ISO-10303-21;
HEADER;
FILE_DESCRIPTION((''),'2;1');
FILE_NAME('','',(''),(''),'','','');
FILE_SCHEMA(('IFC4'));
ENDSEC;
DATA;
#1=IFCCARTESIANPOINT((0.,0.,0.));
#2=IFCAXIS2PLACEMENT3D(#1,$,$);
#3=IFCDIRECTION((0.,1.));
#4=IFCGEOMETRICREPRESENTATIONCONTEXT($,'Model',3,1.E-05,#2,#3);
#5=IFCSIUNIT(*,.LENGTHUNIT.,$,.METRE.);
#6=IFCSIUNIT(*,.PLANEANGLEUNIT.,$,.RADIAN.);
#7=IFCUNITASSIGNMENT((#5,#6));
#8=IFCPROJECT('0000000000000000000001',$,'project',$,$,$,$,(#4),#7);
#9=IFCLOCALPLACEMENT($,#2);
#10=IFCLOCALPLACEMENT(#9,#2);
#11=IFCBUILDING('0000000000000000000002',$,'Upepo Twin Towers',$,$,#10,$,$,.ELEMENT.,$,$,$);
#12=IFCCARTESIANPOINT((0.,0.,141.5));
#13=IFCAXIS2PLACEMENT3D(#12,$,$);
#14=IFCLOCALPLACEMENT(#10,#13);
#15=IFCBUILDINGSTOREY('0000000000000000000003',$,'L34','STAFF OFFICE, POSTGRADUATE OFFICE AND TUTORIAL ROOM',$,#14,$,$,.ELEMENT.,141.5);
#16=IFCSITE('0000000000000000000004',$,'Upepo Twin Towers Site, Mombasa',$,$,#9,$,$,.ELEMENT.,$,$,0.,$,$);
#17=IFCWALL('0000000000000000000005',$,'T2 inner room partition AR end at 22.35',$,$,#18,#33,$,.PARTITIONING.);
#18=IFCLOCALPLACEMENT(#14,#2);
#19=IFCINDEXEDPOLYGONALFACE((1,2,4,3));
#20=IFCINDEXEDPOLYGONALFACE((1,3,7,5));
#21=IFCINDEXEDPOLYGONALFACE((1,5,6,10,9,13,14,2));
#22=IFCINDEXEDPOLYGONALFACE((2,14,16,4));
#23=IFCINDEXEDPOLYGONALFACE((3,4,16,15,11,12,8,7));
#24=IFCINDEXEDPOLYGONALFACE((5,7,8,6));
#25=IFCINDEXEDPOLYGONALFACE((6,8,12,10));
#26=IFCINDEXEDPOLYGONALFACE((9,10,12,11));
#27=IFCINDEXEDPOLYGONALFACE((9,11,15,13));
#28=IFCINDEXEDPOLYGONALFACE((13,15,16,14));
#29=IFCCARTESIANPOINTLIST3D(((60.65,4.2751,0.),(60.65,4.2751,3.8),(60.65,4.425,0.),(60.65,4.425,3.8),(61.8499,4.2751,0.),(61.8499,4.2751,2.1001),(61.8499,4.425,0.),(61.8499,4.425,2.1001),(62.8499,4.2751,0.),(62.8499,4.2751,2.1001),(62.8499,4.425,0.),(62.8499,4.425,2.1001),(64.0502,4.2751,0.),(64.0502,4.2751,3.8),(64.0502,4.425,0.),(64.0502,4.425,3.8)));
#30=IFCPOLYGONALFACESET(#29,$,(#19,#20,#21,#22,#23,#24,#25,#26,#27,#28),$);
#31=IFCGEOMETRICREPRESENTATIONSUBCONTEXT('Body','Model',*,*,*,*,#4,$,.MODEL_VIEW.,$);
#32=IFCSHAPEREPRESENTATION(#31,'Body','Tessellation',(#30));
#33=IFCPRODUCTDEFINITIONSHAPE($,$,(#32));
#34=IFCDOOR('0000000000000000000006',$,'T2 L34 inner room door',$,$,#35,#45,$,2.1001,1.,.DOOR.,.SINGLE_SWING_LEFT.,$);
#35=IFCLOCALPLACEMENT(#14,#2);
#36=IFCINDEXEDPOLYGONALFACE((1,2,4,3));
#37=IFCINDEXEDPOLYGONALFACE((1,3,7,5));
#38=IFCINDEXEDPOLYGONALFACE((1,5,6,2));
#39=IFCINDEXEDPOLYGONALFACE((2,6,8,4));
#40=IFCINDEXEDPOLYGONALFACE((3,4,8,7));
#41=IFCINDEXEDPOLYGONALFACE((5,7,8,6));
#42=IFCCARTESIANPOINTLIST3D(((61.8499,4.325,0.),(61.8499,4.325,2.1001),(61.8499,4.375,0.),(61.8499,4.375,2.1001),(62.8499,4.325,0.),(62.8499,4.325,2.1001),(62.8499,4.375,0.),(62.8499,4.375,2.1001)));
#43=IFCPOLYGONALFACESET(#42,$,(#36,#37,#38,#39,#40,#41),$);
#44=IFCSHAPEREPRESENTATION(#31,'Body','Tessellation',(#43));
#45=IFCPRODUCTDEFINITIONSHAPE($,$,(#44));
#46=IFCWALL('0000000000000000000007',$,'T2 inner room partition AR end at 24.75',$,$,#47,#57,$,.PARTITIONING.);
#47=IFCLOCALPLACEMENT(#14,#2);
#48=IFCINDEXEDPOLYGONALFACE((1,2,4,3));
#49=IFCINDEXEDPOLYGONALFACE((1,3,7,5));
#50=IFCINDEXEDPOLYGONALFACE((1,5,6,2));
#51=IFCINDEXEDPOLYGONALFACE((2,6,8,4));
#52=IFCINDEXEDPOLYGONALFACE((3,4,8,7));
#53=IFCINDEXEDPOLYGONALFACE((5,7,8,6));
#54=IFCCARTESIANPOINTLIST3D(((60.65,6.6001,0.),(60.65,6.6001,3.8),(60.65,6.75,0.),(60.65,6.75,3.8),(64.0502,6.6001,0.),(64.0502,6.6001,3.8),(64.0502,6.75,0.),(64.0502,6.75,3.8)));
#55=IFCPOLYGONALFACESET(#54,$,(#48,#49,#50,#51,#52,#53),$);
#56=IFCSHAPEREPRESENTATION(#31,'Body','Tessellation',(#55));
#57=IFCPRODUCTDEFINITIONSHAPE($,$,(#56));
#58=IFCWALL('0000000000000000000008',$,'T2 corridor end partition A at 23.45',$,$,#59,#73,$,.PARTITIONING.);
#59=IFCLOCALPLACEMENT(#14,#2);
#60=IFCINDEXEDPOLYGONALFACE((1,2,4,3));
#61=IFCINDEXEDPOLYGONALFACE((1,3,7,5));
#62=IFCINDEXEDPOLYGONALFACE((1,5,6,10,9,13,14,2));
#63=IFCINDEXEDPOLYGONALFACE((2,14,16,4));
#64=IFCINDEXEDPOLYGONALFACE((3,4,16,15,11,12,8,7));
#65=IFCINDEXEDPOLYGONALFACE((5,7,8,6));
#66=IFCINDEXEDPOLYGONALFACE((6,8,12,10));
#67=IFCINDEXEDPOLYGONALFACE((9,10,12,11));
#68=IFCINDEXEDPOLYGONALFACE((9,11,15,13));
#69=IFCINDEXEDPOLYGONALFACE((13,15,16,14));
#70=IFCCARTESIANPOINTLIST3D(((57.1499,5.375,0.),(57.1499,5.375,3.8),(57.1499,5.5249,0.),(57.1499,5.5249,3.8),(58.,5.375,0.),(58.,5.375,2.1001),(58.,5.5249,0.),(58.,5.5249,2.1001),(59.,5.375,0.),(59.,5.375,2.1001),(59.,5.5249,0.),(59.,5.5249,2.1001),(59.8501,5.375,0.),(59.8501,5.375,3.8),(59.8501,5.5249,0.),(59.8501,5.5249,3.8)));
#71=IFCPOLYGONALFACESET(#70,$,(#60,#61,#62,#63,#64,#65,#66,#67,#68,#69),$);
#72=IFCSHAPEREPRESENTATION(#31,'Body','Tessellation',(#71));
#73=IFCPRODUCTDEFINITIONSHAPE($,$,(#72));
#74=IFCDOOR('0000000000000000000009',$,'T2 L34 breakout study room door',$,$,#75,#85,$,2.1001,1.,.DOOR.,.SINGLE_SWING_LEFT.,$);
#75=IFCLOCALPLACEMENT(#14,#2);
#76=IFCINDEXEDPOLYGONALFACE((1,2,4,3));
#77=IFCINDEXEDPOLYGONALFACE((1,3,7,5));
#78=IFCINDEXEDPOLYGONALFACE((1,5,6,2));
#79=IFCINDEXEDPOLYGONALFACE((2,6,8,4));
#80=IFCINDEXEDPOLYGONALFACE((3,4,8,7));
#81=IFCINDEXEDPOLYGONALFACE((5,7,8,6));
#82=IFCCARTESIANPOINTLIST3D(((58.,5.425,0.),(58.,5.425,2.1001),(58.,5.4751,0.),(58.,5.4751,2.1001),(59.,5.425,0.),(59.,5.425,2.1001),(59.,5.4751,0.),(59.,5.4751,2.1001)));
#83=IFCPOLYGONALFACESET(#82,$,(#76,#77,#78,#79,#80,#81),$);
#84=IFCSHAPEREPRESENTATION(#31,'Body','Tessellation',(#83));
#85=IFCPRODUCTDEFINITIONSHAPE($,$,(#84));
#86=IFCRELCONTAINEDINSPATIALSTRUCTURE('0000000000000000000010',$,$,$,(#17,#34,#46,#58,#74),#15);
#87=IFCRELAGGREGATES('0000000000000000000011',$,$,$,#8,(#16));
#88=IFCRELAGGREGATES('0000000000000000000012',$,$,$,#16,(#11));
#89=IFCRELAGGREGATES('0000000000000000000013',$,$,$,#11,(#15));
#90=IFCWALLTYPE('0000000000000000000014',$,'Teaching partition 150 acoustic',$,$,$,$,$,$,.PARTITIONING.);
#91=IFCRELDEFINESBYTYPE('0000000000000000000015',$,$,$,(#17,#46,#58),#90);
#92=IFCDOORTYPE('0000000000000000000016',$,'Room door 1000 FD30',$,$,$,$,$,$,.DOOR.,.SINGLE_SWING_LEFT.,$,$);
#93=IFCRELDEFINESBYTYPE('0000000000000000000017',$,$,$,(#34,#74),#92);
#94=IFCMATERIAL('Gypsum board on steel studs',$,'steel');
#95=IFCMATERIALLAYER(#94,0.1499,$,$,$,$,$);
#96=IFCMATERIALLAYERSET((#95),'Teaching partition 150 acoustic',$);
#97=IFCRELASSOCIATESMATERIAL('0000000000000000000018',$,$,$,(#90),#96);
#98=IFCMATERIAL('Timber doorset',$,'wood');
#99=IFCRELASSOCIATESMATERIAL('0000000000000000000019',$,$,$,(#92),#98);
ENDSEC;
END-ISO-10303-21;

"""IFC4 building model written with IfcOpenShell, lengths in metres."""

from ifc_helpers import new_model, si_unit, direction, frame, frame_2d, origin, place, context, subcontext, project, spatial, rectangle, extrude, material, layer, layer_set, type_object, element, fill, save


model = new_model("IFC4")

# Units and contexts
model_context = context("Model", 3, precision=1e-05, world=origin(), true_north=direction((0.0, 1.0)))
body_context = subcontext(model_context, "Body", "Model", "MODEL_VIEW")
ifc_project = project(units=[si_unit("LENGTHUNIT", "METRE"), si_unit("PLANEANGLEUNIT", "RADIAN")], contexts=[model_context])

# Site, building, storey
site_placement = place(None, origin())
site = spatial("IfcSite", under=ifc_project, at=site_placement, Name="Upepo Twin Towers Site, Mombasa", CompositionType="ELEMENT", RefElevation=0.0)
building_placement = place(site_placement, origin())
building = spatial("IfcBuilding", under=site, at=building_placement, Name="Upepo Twin Towers", CompositionType="ELEMENT")
storey_placement = place(building_placement, frame((0.0, 0.0, 141.5)))
storey = spatial("IfcBuildingStorey", under=building, at=storey_placement, Name="L34", Description="STAFF OFFICE, POSTGRADUATE OFFICE AND TUTORIAL ROOM", CompositionType="ELEMENT", Elevation=141.5)

# Shared definitions
ifc_material_1 = material(Name="Gypsum board on steel studs", Category="steel")
ifc_layer_1 = layer(ifc_material_1, 0.1499)
ifc_layer_set_1 = layer_set([ifc_layer_1], Name="Teaching partition 150 acoustic")
wall_type_1 = type_object("IfcWallType", Name="Teaching partition 150 acoustic", PredefinedType="PARTITIONING", material=ifc_layer_set_1)

# Wall, opening, door
wall_1_placement = place(storey_placement, frame((60.6499, 4.3501, 0.0), z_axis=(0.0, 0.0, 1.0), x_axis=(1.0, 0.0, 0.0)))
wall_1 = element("IfcWall", 1, at=wall_1_placement, inside=storey, type_object=wall_type_1, Name="T2 inner room partition AR end at 22.35", PredefinedType="PARTITIONING", context=body_context, shape_type="SweptSolid", body=[
    extrude(rectangle(XDim=3.4001, YDim=0.1499, at=frame_2d((1.7002, 0.0))), origin(), (0.0, 0.0, 1.0), 3.8),
])
opening_1_placement = place(wall_1_placement, frame((1.2, 0.0, 0.0)))
opening_1 = element("IfcOpeningElement", 2, at=opening_1_placement, cuts=wall_1, PredefinedType="OPENING", context=body_context, shape_type="SweptSolid", body=[
    extrude(rectangle(XDim=1.0, YDim=2.1001, at=frame_2d((0.5, 1.05))), frame((0.0, 0.085, 0.0), z_axis=(0.0, -1.0, 0.0), x_axis=(1.0, 0.0, 0.0)), (0.0, 0.0, 1.0), 0.1699),
])
ifc_material_2 = material(Name="Timber doorset", Category="wood")
door_type = type_object("IfcDoorType", Name="Room door 1000 FD30", OperationType="SINGLE_SWING_LEFT", PredefinedType="DOOR", material=ifc_material_2)
door_1_placement = place(opening_1_placement, origin())
door_1 = element("IfcDoor", 3, at=door_1_placement, inside=storey, type_object=door_type, Name="T2 L34 inner room door", OperationType="SINGLE_SWING_LEFT", OverallHeight=2.1001, OverallWidth=1.0, PredefinedType="DOOR", context=body_context, shape_type="SweptSolid", body=[
    extrude(rectangle(XDim=1.0, YDim=2.1001, at=frame_2d((0.5, 1.05))), frame((0.0, 0.0249, 0.0), z_axis=(0.0, -1.0, 0.0), x_axis=(1.0, 0.0, 0.0)), (0.0, 0.0, 1.0), 0.05),
])
fill(opening_1, door_1)

# Wall
wall_2_placement = place(storey_placement, frame((60.6499, 6.675, 0.0), z_axis=(0.0, 0.0, 1.0), x_axis=(1.0, 0.0, 0.0)))
element("IfcWall", 4, at=wall_2_placement, inside=storey, type_object=wall_type_1, Name="T2 inner room partition AR end at 24.75", PredefinedType="PARTITIONING", context=body_context, shape_type="SweptSolid", body=[
    extrude(rectangle(XDim=3.4001, YDim=0.1499, at=frame_2d((1.7002, 0.0))), origin(), (0.0, 0.0, 1.0), 3.8),
])

# Wall, opening, door
wall_3_placement = place(storey_placement, frame((59.8501, 5.45, 0.0), z_axis=(0.0, 0.0, 1.0), x_axis=(-1.0, 0.0, 0.0)))
wall_3 = element("IfcWall", 5, at=wall_3_placement, inside=storey, type_object=wall_type_1, Name="T2 corridor end partition A at 23.45", PredefinedType="PARTITIONING", context=body_context, shape_type="SweptSolid", body=[
    extrude(rectangle(XDim=2.7002, YDim=0.1499, at=frame_2d((1.3501, 0.0))), origin(), (0.0, 0.0, 1.0), 3.8),
])
opening_2_placement = place(wall_3_placement, frame((0.8501, 0.0, 0.0)))
opening_2 = element("IfcOpeningElement", 6, at=opening_2_placement, cuts=wall_3, PredefinedType="OPENING", context=body_context, shape_type="SweptSolid", body=[
    extrude(rectangle(XDim=1.0, YDim=2.1001, at=frame_2d((0.5, 1.05))), frame((0.0, 0.085, 0.0), z_axis=(0.0, -1.0, 0.0), x_axis=(1.0, 0.0, 0.0)), (0.0, 0.0, 1.0), 0.1699),
])
door_2_placement = place(opening_2_placement, origin())
door_2 = element("IfcDoor", 7, at=door_2_placement, inside=storey, type_object=door_type, Name="T2 L34 breakout study room door", OperationType="SINGLE_SWING_LEFT", OverallHeight=2.1001, OverallWidth=1.0, PredefinedType="DOOR", context=body_context, shape_type="SweptSolid", body=[
    extrude(rectangle(XDim=1.0, YDim=2.1001, at=frame_2d((0.5, 1.05))), frame((0.0, 0.0249, 0.0), z_axis=(0.0, -1.0, 0.0), x_axis=(1.0, 0.0, 0.0)), (0.0, 0.0, 1.0), 0.05),
])
fill(opening_2, door_2)

save(model, "model.ifc")
